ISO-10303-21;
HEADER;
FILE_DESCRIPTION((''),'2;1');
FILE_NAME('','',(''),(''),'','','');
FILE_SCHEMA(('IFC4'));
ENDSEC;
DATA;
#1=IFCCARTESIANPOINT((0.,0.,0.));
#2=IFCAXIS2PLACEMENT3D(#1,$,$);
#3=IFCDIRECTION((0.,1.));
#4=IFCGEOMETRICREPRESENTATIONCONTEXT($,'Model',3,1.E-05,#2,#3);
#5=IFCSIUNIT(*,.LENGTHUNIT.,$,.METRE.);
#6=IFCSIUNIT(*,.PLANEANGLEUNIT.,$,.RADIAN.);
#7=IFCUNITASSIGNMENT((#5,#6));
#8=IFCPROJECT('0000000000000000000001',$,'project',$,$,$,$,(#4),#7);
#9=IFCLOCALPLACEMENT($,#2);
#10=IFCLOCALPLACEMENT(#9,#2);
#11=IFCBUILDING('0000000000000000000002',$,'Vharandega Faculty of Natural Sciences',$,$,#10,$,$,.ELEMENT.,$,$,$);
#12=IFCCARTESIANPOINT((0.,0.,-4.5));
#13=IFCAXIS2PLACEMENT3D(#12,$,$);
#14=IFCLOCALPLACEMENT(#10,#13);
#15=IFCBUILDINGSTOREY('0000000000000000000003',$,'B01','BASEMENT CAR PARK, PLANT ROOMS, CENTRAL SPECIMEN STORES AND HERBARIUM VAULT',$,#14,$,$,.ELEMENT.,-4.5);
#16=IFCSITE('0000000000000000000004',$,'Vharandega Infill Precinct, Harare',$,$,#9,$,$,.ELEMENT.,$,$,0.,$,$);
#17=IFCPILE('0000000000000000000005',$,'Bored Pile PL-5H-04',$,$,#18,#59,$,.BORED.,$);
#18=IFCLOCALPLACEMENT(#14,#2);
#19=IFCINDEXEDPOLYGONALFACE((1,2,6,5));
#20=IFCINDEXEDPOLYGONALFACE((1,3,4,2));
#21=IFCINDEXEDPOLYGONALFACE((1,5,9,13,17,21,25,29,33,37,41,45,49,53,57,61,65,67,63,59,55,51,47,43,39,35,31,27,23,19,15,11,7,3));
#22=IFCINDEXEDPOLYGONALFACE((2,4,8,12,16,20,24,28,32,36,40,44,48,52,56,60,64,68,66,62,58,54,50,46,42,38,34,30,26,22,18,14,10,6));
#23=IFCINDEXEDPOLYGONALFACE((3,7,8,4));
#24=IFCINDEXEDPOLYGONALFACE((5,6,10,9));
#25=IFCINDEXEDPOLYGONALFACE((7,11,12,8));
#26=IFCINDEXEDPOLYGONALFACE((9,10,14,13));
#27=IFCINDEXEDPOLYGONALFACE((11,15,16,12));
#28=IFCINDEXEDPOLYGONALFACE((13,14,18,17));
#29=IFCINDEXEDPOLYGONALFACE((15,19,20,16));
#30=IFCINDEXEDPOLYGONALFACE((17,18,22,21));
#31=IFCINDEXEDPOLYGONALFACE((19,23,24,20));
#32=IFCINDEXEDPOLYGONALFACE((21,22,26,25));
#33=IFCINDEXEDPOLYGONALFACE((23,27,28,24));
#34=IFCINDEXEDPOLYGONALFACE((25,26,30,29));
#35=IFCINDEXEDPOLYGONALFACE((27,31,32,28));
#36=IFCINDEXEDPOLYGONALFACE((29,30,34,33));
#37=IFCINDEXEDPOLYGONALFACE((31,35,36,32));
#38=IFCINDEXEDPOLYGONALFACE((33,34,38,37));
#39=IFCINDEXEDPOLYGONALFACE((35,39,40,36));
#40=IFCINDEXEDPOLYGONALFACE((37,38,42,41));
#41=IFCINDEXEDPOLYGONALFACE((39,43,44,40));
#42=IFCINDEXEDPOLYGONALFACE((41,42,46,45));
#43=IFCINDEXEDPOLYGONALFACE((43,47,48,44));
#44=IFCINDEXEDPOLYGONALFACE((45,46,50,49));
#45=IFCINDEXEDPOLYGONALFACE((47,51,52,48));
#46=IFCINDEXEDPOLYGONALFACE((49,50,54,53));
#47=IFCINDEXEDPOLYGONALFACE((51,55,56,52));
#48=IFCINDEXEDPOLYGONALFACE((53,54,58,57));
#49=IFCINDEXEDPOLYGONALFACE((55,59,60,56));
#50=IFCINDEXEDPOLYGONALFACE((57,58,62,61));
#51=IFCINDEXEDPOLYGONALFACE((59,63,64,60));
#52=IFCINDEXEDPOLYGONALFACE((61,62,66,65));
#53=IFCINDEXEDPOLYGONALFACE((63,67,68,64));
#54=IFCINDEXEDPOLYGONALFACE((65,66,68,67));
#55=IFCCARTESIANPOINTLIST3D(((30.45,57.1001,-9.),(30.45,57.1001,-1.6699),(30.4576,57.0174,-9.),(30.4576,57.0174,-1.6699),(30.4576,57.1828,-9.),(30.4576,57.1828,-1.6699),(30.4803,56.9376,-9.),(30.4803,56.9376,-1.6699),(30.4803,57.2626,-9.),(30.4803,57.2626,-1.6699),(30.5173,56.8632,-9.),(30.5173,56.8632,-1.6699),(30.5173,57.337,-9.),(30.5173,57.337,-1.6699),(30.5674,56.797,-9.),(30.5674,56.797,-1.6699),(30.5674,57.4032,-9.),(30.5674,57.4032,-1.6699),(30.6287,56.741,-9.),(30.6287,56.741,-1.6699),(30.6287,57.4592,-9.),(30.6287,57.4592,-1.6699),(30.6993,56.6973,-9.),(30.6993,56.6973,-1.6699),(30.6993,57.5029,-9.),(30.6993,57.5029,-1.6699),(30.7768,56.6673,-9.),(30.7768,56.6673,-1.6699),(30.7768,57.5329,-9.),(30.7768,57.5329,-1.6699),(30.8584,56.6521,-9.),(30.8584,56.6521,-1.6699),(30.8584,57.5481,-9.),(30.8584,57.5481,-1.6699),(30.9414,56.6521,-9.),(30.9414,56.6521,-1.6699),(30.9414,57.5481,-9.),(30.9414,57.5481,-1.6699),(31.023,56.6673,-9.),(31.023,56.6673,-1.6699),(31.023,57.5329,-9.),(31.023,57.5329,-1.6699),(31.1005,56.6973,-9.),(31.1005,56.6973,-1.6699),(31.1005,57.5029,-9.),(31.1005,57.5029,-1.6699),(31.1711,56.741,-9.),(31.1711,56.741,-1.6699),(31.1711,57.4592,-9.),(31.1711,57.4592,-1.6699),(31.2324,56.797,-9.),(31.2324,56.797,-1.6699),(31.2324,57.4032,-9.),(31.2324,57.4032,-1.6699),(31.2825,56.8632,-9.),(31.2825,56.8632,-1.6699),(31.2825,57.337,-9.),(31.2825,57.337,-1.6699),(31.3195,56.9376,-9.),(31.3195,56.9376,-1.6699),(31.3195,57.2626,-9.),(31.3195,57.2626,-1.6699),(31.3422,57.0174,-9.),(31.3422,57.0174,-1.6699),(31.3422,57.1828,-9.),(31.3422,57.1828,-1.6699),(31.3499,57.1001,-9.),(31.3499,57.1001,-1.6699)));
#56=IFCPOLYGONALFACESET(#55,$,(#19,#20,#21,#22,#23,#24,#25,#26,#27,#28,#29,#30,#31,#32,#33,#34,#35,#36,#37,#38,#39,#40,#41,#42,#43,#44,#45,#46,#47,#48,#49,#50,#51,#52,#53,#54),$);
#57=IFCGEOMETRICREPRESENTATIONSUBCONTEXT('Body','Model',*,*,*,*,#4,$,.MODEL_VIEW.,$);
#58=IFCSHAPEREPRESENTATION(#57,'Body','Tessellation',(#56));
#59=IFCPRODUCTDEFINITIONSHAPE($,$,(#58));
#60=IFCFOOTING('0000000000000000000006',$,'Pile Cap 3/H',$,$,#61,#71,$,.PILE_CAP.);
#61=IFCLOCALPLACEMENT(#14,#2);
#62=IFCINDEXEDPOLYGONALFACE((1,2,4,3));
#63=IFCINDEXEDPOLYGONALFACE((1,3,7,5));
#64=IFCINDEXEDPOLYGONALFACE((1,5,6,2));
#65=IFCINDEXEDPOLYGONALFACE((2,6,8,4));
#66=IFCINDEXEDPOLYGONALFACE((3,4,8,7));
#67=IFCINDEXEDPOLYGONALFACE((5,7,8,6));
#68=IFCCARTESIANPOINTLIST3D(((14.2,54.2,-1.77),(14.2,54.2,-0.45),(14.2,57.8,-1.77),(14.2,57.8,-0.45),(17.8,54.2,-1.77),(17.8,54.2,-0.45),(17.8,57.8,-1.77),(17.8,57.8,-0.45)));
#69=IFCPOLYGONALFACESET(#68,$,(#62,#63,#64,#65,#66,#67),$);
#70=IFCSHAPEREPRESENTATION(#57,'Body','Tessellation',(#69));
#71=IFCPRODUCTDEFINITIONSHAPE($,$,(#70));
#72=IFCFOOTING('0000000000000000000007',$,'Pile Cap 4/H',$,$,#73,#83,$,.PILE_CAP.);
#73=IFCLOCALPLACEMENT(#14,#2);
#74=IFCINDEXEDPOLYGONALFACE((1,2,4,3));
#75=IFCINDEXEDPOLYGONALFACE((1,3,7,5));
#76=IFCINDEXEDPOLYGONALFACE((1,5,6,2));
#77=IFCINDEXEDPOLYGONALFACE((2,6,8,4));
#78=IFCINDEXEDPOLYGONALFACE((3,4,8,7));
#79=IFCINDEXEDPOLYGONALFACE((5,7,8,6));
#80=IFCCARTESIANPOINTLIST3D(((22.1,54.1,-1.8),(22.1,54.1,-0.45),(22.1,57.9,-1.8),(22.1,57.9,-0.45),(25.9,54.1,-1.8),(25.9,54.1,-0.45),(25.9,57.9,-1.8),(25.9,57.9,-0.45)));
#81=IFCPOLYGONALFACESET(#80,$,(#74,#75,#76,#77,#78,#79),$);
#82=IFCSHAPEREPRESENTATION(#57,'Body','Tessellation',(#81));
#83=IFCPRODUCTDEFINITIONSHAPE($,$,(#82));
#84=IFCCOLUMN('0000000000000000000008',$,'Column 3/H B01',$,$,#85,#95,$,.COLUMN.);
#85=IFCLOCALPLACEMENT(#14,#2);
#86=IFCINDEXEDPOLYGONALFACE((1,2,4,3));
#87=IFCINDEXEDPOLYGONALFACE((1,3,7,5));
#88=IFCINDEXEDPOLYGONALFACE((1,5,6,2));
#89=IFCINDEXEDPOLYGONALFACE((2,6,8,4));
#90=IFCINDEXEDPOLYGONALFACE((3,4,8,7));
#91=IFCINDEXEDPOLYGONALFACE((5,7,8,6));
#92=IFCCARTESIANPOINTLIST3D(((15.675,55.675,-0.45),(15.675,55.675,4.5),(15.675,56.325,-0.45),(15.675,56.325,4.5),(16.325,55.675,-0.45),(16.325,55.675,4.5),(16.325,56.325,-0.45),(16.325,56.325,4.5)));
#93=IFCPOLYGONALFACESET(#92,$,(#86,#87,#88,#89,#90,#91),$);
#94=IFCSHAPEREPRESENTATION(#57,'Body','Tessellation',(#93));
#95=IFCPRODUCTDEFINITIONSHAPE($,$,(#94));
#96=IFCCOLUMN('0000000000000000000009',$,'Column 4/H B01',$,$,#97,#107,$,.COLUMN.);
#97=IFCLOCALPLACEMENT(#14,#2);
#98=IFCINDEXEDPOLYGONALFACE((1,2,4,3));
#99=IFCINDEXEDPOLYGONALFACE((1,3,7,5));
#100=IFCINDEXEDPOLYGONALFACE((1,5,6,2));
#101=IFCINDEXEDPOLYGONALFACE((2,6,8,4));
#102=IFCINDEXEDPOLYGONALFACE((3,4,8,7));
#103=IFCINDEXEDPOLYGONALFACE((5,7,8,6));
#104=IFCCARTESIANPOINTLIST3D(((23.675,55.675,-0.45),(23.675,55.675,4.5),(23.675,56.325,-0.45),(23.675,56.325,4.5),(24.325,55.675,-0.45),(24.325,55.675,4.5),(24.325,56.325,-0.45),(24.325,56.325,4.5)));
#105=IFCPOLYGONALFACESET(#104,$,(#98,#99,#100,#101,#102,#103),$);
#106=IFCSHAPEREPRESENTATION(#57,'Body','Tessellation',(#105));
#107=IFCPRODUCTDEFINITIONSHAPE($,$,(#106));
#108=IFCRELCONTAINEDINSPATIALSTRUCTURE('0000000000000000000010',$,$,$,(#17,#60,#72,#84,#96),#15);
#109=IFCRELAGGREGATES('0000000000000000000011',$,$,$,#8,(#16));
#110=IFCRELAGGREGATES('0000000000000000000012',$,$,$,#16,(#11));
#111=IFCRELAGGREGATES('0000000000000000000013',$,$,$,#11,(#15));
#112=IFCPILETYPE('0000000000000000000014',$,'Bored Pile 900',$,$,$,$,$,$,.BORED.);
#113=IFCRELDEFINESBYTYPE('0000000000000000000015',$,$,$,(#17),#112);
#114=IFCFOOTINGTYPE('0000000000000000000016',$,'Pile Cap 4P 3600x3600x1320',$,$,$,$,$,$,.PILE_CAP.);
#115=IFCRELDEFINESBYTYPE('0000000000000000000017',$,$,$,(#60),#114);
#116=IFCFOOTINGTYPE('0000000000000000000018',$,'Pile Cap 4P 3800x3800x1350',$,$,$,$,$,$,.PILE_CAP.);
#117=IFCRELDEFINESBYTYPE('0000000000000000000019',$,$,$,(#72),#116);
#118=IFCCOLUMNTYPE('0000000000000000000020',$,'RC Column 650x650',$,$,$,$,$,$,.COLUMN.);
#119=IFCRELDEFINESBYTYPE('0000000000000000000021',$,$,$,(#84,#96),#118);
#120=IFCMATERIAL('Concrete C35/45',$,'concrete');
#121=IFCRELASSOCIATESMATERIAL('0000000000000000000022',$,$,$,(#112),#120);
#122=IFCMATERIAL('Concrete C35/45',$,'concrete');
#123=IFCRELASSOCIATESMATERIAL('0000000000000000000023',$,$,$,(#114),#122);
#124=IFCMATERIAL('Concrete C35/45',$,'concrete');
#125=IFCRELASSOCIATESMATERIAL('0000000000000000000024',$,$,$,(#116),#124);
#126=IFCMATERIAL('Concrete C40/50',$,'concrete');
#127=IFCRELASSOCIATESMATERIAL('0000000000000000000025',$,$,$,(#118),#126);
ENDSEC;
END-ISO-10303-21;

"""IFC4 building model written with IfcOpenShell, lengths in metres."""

from ifc_helpers import new_model, si_unit, direction, frame, origin, origin_2d, place, context, subcontext, project, spatial, rectangle, circle, extrude, material, material_profile, profile_set, type_object, element, save


model = new_model("IFC4")

# Units and contexts
model_context = context("Model", 3, precision=1e-05, world=origin(), true_north=direction((0.0, 1.0)))
body_context = subcontext(model_context, "Body", "Model", "MODEL_VIEW")
ifc_project = project(units=[si_unit("LENGTHUNIT", "METRE"), si_unit("PLANEANGLEUNIT", "RADIAN")], contexts=[model_context])

# Site, building, storey
site_placement = place(None, origin())
site = spatial("IfcSite", under=ifc_project, at=site_placement, Name="Vharandega Infill Precinct, Harare", CompositionType="ELEMENT", RefElevation=0.0)
building_placement = place(site_placement, origin())
building = spatial("IfcBuilding", under=site, at=building_placement, Name="Vharandega Faculty of Natural Sciences", CompositionType="ELEMENT")
storey_placement = place(building_placement, frame((0.0, 0.0, -4.5)))
storey = spatial("IfcBuildingStorey", under=building, at=storey_placement, Name="B01", Description="BASEMENT CAR PARK, PLANT ROOMS, CENTRAL SPECIMEN STORES AND HERBARIUM VAULT", CompositionType="ELEMENT", Elevation=-4.5)

# Pile
ifc_material_1 = material(Name="Concrete C35/45", Category="concrete")
ifc_material_profile_1 = material_profile(ifc_material_1, circle(Radius=0.45, at=origin_2d()), Name="PILE 900")
ifc_profile_set_1 = profile_set([ifc_material_profile_1], Name="Concrete C35/45")
pile_type = type_object("IfcPileType", Name="Bored Pile 900", PredefinedType="BORED", material=ifc_profile_set_1)
for number, where, z_axis, x_axis, name in (
    (1, (30.8999, 57.1001, -1.6699), (0.0, 0.0, -1.0), (1.0, 0.0, 0.0), "Bored Pile PL-5H-04"),
):
    element("IfcPile", number, at=place(storey_placement, frame(where, z_axis=z_axis, x_axis=x_axis)), inside=storey, type_object=pile_type, Name=name, PredefinedType="BORED", context=body_context, shape_type="SweptSolid", body=[
        extrude(circle(Radius=0.45, at=origin_2d()), origin(), (0.0, 0.0, 1.0), 7.3301),
    ])

# Footings
ifc_material_2 = material(Name="Concrete C35/45", Category="concrete")
footing_type_1 = type_object("IfcFootingType", Name="Pile Cap 4P 3600x3600x1320", PredefinedType="PILE_CAP", material=ifc_material_2)
footing_1_placement = place(storey_placement, frame((16.0, 56.0, -1.77), z_axis=(0.0, 0.0, 1.0), x_axis=(1.0, 0.0, 0.0)))
element("IfcFooting", 2, at=footing_1_placement, inside=storey, type_object=footing_type_1, Name="Pile Cap 3/H", PredefinedType="PILE_CAP", context=body_context, shape_type="SweptSolid", body=[
    extrude(rectangle(XDim=3.6001, YDim=3.6001, at=origin_2d()), origin(), (0.0, 0.0, 1.0), 1.3201),
])
ifc_material_3 = material(Name="Concrete C35/45", Category="concrete")
footing_type_2 = type_object("IfcFootingType", Name="Pile Cap 4P 3800x3800x1350", PredefinedType="PILE_CAP", material=ifc_material_3)
footing_2_placement = place(storey_placement, frame((24.0, 56.0, -1.8), z_axis=(0.0, 0.0, 1.0), x_axis=(1.0, 0.0, 0.0)))
element("IfcFooting", 3, at=footing_2_placement, inside=storey, type_object=footing_type_2, Name="Pile Cap 4/H", PredefinedType="PILE_CAP", context=body_context, shape_type="SweptSolid", body=[
    extrude(rectangle(XDim=3.8, YDim=3.8, at=origin_2d()), origin(), (0.0, 0.0, 1.0), 1.3501),
])

# Columns
ifc_material_4 = material(Name="Concrete C40/50", Category="concrete")
ifc_material_profile_2 = material_profile(ifc_material_4, rectangle(XDim=0.6499, YDim=0.6499, at=origin_2d()), Name="RC 650x650")
ifc_profile_set_2 = profile_set([ifc_material_profile_2], Name="Concrete C40/50")
column_type = type_object("IfcColumnType", Name="RC Column 650x650", PredefinedType="COLUMN", material=ifc_profile_set_2)
for number, where, z_axis, x_axis, name in (
    (4, (16.0, 56.0, -0.45), (0.0, 0.0, 1.0), (1.0, 0.0, 0.0), "Column 3/H B01"),
    (5, (24.0, 56.0, -0.45), (0.0, 0.0, 1.0), (1.0, 0.0, 0.0), "Column 4/H B01"),
):
    element("IfcColumn", number, at=place(storey_placement, frame(where, z_axis=z_axis, x_axis=x_axis)), inside=storey, type_object=column_type, Name=name, PredefinedType="COLUMN", context=body_context, shape_type="SweptSolid", body=[
        extrude(rectangle(XDim=0.6499, YDim=0.6499, at=origin_2d()), origin(), (0.0, 0.0, 1.0), 4.95),
    ])

save(model, "model.ifc")
